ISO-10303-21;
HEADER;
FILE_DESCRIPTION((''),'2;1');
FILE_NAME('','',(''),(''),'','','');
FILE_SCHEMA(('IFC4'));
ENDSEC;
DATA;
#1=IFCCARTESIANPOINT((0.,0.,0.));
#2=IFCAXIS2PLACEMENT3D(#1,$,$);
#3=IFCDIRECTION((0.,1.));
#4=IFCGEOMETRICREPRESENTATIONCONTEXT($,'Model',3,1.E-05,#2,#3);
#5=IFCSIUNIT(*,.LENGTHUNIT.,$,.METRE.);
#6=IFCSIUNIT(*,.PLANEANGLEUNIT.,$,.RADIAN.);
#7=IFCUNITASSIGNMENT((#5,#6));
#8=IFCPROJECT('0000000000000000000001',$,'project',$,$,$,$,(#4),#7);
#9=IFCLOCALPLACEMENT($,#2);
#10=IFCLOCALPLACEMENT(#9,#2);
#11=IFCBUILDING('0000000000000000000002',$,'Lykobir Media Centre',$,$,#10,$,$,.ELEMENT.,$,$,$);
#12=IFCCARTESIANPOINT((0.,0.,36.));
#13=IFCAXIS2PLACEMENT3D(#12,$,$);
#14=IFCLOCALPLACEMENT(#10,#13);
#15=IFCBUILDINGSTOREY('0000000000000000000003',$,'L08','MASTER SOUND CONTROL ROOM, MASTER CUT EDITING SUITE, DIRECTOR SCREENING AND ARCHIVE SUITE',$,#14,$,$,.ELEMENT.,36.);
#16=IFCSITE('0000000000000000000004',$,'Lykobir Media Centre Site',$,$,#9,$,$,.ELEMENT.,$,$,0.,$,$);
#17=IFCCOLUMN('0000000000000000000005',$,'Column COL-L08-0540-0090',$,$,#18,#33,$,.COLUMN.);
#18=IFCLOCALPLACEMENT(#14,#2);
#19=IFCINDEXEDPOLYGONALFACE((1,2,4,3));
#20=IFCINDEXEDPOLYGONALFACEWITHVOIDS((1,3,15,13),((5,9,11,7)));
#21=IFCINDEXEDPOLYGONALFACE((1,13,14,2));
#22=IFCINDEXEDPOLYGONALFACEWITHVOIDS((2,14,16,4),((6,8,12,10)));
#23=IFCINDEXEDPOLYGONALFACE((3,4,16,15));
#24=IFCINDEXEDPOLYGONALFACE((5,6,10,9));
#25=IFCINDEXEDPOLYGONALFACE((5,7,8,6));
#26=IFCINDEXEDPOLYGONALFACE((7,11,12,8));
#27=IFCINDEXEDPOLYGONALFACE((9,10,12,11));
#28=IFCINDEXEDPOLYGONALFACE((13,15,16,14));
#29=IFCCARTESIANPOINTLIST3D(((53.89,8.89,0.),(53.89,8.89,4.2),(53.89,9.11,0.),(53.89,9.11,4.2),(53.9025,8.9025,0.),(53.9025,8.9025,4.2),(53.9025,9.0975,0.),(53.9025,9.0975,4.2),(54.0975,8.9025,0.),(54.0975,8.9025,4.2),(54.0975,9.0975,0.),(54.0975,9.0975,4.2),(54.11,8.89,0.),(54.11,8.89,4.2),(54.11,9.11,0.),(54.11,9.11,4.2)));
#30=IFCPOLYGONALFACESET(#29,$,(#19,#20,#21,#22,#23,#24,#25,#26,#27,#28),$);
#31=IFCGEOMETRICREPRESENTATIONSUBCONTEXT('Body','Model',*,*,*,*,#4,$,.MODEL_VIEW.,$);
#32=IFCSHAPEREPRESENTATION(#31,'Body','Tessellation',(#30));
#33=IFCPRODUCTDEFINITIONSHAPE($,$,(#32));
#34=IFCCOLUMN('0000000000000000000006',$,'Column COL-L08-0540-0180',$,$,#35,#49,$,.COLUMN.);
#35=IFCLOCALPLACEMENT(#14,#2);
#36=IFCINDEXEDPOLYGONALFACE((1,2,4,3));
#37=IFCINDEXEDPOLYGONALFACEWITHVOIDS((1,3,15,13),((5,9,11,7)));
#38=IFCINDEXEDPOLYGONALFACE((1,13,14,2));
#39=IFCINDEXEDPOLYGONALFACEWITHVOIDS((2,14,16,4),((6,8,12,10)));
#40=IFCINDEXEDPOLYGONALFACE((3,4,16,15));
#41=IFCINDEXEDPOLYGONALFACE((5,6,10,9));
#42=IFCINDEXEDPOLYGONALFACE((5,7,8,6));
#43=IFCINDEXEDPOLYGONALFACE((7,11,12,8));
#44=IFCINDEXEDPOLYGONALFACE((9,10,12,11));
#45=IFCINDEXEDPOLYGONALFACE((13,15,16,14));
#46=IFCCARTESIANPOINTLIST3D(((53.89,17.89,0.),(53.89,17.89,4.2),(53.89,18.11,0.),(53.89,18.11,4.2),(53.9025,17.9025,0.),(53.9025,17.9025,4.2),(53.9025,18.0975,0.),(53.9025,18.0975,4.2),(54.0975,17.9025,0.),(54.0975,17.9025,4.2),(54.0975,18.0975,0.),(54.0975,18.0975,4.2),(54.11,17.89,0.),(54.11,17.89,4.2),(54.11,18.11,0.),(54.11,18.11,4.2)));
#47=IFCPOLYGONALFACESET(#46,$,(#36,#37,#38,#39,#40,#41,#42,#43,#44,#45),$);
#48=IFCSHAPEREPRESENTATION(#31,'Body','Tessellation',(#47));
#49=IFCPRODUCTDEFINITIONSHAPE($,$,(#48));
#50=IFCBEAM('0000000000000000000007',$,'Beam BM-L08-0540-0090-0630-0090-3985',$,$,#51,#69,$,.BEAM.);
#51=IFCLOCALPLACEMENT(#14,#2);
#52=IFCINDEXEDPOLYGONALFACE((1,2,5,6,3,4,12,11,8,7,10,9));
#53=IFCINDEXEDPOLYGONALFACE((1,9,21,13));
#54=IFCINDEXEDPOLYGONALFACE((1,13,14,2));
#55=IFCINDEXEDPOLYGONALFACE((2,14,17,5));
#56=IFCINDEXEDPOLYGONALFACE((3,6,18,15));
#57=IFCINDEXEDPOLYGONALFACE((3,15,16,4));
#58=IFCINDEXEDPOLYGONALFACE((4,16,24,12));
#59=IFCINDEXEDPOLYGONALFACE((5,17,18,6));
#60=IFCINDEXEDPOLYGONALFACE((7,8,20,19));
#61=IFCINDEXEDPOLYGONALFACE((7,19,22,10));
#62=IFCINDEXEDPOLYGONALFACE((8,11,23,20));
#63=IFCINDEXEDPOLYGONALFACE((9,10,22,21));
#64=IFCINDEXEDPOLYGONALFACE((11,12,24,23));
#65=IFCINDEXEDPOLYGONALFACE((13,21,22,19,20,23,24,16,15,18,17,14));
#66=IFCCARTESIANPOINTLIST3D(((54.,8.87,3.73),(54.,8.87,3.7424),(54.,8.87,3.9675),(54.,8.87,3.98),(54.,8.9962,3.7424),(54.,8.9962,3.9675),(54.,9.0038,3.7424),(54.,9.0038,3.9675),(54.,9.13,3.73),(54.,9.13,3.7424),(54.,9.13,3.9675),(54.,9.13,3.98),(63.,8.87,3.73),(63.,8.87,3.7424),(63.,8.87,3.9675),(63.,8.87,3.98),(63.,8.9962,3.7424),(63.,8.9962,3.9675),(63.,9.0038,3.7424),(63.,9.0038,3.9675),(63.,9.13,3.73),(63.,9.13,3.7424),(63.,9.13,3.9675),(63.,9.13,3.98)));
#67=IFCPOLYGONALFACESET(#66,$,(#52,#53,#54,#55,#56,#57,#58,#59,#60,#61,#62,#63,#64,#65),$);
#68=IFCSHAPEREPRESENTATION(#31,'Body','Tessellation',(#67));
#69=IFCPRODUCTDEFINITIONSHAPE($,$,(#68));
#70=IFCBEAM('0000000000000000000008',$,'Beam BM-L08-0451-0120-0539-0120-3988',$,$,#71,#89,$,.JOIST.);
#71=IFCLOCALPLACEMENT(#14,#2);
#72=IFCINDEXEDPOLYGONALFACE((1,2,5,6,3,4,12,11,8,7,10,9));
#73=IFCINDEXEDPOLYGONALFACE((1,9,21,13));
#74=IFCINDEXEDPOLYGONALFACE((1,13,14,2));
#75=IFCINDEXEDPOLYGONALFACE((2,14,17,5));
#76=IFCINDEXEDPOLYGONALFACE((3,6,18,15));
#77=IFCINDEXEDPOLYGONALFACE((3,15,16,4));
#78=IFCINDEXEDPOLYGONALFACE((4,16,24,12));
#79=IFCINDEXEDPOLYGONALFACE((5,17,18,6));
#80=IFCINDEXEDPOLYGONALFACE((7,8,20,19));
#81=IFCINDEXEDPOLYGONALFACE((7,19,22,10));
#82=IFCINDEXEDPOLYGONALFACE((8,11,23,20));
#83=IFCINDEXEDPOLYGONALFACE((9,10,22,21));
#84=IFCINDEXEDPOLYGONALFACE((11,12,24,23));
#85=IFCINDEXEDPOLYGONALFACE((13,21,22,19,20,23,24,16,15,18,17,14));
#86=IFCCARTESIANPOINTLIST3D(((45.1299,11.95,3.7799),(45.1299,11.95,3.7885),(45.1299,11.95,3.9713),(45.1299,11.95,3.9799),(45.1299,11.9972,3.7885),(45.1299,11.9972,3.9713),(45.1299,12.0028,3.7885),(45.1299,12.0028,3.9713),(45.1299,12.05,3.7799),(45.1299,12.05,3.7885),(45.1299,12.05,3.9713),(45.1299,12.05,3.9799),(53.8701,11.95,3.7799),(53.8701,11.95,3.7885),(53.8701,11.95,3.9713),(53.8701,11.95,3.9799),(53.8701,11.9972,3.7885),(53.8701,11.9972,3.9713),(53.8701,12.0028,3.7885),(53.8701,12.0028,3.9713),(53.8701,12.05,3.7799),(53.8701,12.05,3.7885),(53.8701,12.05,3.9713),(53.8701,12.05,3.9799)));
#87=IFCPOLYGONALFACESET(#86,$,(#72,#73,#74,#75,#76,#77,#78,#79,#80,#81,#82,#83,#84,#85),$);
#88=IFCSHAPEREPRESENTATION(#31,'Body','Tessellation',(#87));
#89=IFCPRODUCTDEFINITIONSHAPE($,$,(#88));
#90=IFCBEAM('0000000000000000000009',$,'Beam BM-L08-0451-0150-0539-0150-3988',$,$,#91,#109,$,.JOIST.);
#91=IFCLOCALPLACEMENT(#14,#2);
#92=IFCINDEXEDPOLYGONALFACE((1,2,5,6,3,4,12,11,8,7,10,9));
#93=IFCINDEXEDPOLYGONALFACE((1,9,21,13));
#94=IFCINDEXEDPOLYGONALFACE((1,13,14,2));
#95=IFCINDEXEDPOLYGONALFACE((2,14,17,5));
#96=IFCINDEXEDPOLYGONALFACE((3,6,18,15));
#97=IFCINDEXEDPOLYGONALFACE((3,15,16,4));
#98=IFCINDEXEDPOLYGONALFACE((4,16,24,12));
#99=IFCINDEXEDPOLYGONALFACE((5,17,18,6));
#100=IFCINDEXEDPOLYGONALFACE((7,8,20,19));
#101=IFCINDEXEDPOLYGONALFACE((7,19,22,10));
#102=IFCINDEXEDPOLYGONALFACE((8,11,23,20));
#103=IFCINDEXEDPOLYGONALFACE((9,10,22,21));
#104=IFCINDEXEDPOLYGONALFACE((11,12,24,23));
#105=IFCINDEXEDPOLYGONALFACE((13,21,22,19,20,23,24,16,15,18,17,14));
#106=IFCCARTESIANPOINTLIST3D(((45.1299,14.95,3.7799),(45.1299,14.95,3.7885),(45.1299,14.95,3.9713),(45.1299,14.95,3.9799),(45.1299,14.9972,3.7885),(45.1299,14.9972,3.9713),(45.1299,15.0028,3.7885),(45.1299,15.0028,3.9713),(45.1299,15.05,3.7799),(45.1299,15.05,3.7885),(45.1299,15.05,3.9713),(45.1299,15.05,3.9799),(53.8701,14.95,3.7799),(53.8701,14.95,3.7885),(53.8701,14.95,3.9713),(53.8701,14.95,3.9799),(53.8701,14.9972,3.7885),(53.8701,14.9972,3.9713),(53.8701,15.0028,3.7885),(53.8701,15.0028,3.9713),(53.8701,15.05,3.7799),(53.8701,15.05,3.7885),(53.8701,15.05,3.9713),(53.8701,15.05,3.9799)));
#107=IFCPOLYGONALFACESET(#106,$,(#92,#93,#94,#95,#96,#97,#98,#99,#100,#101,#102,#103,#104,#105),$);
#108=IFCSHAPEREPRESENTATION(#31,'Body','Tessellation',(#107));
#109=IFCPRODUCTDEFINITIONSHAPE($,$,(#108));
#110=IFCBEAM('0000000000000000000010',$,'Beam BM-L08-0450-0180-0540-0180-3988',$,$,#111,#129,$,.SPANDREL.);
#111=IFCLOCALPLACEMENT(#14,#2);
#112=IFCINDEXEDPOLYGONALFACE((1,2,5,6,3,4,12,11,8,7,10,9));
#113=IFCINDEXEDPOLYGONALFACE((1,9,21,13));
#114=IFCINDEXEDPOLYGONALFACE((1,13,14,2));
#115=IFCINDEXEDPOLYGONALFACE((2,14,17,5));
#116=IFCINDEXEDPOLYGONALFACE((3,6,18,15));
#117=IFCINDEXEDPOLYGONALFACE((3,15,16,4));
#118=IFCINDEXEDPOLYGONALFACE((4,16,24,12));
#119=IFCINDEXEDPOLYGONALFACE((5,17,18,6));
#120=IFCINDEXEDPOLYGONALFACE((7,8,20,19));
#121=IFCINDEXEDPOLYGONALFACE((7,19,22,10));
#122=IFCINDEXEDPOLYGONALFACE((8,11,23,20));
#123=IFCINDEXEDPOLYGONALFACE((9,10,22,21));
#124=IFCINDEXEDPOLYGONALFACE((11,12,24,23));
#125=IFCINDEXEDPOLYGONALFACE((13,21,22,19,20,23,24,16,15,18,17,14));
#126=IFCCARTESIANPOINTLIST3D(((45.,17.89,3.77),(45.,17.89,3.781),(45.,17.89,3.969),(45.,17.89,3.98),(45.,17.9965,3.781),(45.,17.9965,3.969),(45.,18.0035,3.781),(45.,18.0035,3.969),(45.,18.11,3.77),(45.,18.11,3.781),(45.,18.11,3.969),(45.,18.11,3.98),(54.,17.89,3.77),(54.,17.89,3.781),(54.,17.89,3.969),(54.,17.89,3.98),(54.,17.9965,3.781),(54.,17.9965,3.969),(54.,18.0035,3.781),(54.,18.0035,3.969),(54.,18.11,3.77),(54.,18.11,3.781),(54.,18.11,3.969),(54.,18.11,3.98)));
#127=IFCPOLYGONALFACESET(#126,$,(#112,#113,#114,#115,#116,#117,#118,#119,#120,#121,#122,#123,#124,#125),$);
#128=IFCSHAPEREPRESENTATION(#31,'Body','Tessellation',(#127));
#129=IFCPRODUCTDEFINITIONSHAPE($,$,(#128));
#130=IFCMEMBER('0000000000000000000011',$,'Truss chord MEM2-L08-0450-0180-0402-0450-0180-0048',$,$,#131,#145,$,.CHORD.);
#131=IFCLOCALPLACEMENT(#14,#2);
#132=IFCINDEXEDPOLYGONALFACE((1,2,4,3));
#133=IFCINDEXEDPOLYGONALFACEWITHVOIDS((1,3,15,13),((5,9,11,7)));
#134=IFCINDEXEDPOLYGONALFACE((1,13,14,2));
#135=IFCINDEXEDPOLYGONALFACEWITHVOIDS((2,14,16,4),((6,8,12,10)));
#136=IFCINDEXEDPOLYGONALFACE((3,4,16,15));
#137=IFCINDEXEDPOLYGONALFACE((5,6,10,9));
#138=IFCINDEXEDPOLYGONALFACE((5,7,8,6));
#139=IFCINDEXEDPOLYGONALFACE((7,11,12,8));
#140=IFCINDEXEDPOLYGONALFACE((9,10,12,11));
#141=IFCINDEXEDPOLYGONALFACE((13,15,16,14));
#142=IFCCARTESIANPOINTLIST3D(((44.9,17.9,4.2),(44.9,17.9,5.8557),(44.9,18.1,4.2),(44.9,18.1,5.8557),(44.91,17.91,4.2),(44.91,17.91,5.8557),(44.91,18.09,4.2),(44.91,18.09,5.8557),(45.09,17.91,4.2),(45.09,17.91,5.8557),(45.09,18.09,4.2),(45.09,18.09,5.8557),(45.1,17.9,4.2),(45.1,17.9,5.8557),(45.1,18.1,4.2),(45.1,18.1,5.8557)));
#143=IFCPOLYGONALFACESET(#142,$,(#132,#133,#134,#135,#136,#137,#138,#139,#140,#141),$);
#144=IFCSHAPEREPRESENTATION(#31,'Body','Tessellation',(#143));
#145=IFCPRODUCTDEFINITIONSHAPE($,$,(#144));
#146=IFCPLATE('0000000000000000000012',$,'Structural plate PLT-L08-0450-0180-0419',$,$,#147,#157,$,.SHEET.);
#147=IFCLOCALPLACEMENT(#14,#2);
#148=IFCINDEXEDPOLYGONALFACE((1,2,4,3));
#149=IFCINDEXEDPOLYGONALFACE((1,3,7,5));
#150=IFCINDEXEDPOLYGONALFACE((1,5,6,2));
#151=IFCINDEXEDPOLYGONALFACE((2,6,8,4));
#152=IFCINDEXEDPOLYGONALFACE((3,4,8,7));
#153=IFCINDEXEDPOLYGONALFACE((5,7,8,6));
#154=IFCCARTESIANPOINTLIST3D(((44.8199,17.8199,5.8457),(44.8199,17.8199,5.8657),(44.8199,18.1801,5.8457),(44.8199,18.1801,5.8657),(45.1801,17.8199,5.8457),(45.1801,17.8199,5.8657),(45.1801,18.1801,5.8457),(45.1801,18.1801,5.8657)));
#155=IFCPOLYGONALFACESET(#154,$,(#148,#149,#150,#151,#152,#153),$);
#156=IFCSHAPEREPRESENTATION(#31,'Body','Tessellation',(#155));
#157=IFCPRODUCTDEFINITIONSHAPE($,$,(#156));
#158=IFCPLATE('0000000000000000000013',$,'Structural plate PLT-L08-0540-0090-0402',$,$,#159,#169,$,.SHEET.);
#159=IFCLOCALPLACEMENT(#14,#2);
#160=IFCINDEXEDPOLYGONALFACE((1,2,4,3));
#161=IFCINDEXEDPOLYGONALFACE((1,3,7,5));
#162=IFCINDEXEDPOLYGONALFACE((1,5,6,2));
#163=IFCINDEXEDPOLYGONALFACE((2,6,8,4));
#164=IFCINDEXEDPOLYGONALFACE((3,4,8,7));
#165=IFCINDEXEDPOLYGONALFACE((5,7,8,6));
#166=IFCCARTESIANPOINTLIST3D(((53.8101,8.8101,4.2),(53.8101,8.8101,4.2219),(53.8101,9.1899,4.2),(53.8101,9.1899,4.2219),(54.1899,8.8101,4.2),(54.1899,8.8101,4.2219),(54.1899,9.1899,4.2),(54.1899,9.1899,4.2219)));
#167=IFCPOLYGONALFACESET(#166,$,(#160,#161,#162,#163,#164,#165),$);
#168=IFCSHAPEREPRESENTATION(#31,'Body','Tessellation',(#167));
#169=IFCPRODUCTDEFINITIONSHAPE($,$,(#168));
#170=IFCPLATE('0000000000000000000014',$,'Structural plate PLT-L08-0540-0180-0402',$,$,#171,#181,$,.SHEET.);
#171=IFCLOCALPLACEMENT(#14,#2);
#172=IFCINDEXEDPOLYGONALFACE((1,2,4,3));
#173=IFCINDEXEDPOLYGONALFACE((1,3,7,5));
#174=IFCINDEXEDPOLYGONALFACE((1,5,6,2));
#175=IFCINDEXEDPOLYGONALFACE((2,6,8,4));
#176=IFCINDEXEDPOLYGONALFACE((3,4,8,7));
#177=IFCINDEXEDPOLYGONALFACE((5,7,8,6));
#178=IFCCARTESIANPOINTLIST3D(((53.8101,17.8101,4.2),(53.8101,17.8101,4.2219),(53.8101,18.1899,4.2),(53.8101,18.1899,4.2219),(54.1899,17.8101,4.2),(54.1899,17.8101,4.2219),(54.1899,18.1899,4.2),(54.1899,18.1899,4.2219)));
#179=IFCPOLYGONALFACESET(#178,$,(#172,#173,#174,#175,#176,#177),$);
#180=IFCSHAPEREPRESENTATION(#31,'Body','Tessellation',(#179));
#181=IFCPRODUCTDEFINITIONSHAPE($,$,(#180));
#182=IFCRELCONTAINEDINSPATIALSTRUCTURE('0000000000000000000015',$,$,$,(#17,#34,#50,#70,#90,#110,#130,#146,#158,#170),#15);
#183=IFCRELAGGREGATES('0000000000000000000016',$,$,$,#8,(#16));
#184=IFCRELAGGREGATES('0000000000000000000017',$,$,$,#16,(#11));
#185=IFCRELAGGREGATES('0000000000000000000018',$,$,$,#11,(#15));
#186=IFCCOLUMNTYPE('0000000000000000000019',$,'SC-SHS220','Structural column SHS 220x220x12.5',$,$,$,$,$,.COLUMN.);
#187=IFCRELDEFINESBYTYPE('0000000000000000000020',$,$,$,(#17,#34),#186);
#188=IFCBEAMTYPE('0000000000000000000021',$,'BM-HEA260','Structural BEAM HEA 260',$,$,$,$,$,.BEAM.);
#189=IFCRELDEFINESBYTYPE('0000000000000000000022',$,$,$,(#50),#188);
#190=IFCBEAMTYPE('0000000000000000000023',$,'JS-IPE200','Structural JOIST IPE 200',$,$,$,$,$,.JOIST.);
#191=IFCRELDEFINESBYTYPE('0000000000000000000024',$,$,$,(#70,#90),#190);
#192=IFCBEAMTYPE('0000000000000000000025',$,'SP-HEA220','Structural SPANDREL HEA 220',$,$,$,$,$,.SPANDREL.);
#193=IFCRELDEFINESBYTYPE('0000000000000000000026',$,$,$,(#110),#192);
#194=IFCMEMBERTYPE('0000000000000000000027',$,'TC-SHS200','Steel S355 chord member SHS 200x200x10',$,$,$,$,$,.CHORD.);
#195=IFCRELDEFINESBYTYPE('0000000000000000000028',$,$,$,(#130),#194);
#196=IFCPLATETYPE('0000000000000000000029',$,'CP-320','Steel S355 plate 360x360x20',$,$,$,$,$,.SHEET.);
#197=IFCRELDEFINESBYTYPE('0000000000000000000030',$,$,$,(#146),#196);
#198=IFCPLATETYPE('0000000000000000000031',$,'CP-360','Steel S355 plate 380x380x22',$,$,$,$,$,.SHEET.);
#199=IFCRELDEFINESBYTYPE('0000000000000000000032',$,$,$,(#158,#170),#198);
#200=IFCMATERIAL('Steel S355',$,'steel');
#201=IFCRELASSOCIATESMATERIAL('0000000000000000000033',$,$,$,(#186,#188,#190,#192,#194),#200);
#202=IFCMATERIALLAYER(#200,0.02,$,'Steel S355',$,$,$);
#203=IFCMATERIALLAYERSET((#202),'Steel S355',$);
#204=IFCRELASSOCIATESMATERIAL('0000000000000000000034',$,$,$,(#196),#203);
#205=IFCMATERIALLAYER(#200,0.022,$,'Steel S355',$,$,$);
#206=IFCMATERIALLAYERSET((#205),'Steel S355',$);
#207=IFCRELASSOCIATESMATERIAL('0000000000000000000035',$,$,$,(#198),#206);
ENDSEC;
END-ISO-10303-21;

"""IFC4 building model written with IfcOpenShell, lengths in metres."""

from ifc_helpers import new_model, si_unit, direction, frame, origin, origin_2d, place, context, subcontext, project, spatial, rectangle, hollow_rectangle, i_section, extrude, material, layer, layer_set, material_profile, profile_set, type_object, element, save


model = new_model("IFC4")

# Units and contexts
model_context = context("Model", 3, precision=1e-05, world=origin(), true_north=direction((0.0, 1.0)))
body_context = subcontext(model_context, "Body", "Model", "MODEL_VIEW")
ifc_project = project(units=[si_unit("LENGTHUNIT", "METRE"), si_unit("PLANEANGLEUNIT", "RADIAN")], contexts=[model_context])

# Site, building, storey
site_placement = place(None, origin())
site = spatial("IfcSite", under=ifc_project, at=site_placement, Name="Lykobir Media Centre Site", CompositionType="ELEMENT", RefElevation=0.0)
building_placement = place(site_placement, origin())
building = spatial("IfcBuilding", under=site, at=building_placement, Name="Lykobir Media Centre", CompositionType="ELEMENT")
storey_placement = place(building_placement, frame((0.0, 0.0, 36.0)))
storey = spatial("IfcBuildingStorey", under=building, at=storey_placement, Name="L08", Description="MASTER SOUND CONTROL ROOM, MASTER CUT EDITING SUITE, DIRECTOR SCREENING AND ARCHIVE SUITE", CompositionType="ELEMENT", Elevation=36.0)

# Columns
ifc_material_1 = material(Name="Steel S355", Category="steel")
ifc_material_profile_1 = material_profile(ifc_material_1, hollow_rectangle(XDim=0.22, YDim=0.22, WallThickness=0.0125, at=origin_2d()), Name="SHS 220x220x12.5")
ifc_profile_set_1 = profile_set([ifc_material_profile_1], Name="Steel S355")
column_type = type_object("IfcColumnType", Name="SC-SHS220", Description="Structural column SHS 220x220x12.5", PredefinedType="COLUMN", material=ifc_profile_set_1)
for number, where, z_axis, x_axis, name in (
    (1, (54.0, 9.0, 0.0), (0.0, 0.0, 1.0), (1.0, 0.0, 0.0), "Column COL-L08-0540-0090"),
    (2, (54.0, 18.0, 0.0), (0.0, 0.0, 1.0), (1.0, 0.0, 0.0), "Column COL-L08-0540-0180"),
):
    element("IfcColumn", number, at=place(storey_placement, frame(where, z_axis=z_axis, x_axis=x_axis)), inside=storey, type_object=column_type, Name=name, PredefinedType="COLUMN", context=body_context, shape_type="SweptSolid", body=[
        extrude(hollow_rectangle(XDim=0.22, YDim=0.22, WallThickness=0.0125, at=origin_2d()), origin(), (0.0, 0.0, 1.0), 4.2),
    ])

# Beams
ifc_material_profile_2 = material_profile(ifc_material_1, i_section(OverallWidth=0.26, OverallDepth=0.25, WebThickness=0.0076, FlangeThickness=0.0125, at=origin_2d()), Name="HEA 260")
ifc_profile_set_2 = profile_set([ifc_material_profile_2], Name="Steel S355")
beam_type_1 = type_object("IfcBeamType", Name="BM-HEA260", Description="Structural BEAM HEA 260", PredefinedType="BEAM", material=ifc_profile_set_2)
beam_1_placement = place(storey_placement, frame((54.0, 9.0, 3.855), z_axis=(1.0, 0.0, 0.0), x_axis=(0.0, 1.0, 0.0)))
element("IfcBeam", 3, at=beam_1_placement, inside=storey, type_object=beam_type_1, Name="Beam BM-L08-0540-0090-0630-0090-3985", PredefinedType="BEAM", context=body_context, shape_type="SweptSolid", body=[
    extrude(i_section(OverallWidth=0.26, OverallDepth=0.25, WebThickness=0.0076, FlangeThickness=0.0125, at=origin_2d()), origin(), (0.0, 0.0, 1.0), 9.0),
])
ifc_material_profile_3 = material_profile(ifc_material_1, i_section(OverallWidth=0.1001, OverallDepth=0.2, WebThickness=0.0056, FlangeThickness=0.0085, at=origin_2d()), Name="IPE 200")
ifc_profile_set_3 = profile_set([ifc_material_profile_3], Name="Steel S355")
beam_type_2 = type_object("IfcBeamType", Name="JS-IPE200", Description="Structural JOIST IPE 200", PredefinedType="JOIST", material=ifc_profile_set_3)
for number, where, z_axis, x_axis, name in (
    (4, (45.1299, 12.0, 3.8799), (1.0, 0.0, 0.0), (0.0, 1.0, 0.0), "Beam BM-L08-0451-0120-0539-0120-3988"),
    (5, (45.1299, 15.0, 3.8799), (1.0, 0.0, 0.0), (0.0, 1.0, 0.0), "Beam BM-L08-0451-0150-0539-0150-3988"),
):
    element("IfcBeam", number, at=place(storey_placement, frame(where, z_axis=z_axis, x_axis=x_axis)), inside=storey, type_object=beam_type_2, Name=name, PredefinedType="JOIST", context=body_context, shape_type="SweptSolid", body=[
        extrude(i_section(OverallWidth=0.1001, OverallDepth=0.2, WebThickness=0.0056, FlangeThickness=0.0085, at=origin_2d()), origin(), (0.0, 0.0, 1.0), 8.7402),
    ])
ifc_material_profile_4 = material_profile(ifc_material_1, i_section(OverallWidth=0.22, OverallDepth=0.21, WebThickness=0.0071, FlangeThickness=0.011, at=origin_2d()), Name="HEA 220")
ifc_profile_set_4 = profile_set([ifc_material_profile_4], Name="Steel S355")
beam_type_3 = type_object("IfcBeamType", Name="SP-HEA220", Description="Structural SPANDREL HEA 220", PredefinedType="SPANDREL", material=ifc_profile_set_4)
beam_2_placement = place(storey_placement, frame((45.0, 18.0, 3.875), z_axis=(1.0, 0.0, 0.0), x_axis=(0.0, 1.0, 0.0)))
element("IfcBeam", 6, at=beam_2_placement, inside=storey, type_object=beam_type_3, Name="Beam BM-L08-0450-0180-0540-0180-3988", PredefinedType="SPANDREL", context=body_context, shape_type="SweptSolid", body=[
    extrude(i_section(OverallWidth=0.22, OverallDepth=0.21, WebThickness=0.0071, FlangeThickness=0.011, at=origin_2d()), origin(), (0.0, 0.0, 1.0), 9.0),
])

# Member
ifc_material_profile_5 = material_profile(ifc_material_1, hollow_rectangle(XDim=0.2, YDim=0.2, WallThickness=0.01, at=origin_2d()), Name="SHS 200x200x10")
ifc_profile_set_5 = profile_set([ifc_material_profile_5], Name="Steel S355")
member_type = type_object("IfcMemberType", Name="TC-SHS200", Description="Steel S355 chord member SHS 200x200x10", PredefinedType="CHORD", material=ifc_profile_set_5)
member_placement = place(storey_placement, frame((45.0, 18.0, 4.2), z_axis=(0.0, 0.0, 1.0), x_axis=(1.0, 0.0, 0.0)))
element("IfcMember", 7, at=member_placement, inside=storey, type_object=member_type, Name="Truss chord MEM2-L08-0450-0180-0402-0450-0180-0048", PredefinedType="CHORD", context=body_context, shape_type="SweptSolid", body=[
    extrude(hollow_rectangle(XDim=0.2, YDim=0.2, WallThickness=0.01, at=origin_2d()), origin(), (0.0, 0.0, 1.0), 1.6558),
])

# Plates
ifc_layer_1 = layer(ifc_material_1, 0.02, Name="Steel S355")
ifc_layer_set_1 = layer_set([ifc_layer_1], Name="Steel S355")
plate_type_1 = type_object("IfcPlateType", Name="CP-320", Description="Steel S355 plate 360x360x20", PredefinedType="SHEET", material=ifc_layer_set_1)
plate_placement = place(storey_placement, frame((45.0, 18.0, 5.8457), z_axis=(0.0, 0.0, 1.0), x_axis=(1.0, 0.0, 0.0)))
element("IfcPlate", 8, at=plate_placement, inside=storey, type_object=plate_type_1, Name="Structural plate PLT-L08-0450-0180-0419", PredefinedType="SHEET", context=body_context, shape_type="SweptSolid", body=[
    extrude(rectangle(XDim=0.3601, YDim=0.3601, at=origin_2d()), origin(), (0.0, 0.0, 1.0), 0.02),
])
ifc_layer_2 = layer(ifc_material_1, 0.022, Name="Steel S355")
ifc_layer_set_2 = layer_set([ifc_layer_2], Name="Steel S355")
plate_type_2 = type_object("IfcPlateType", Name="CP-360", Description="Steel S355 plate 380x380x22", PredefinedType="SHEET", material=ifc_layer_set_2)
for number, where, z_axis, x_axis, name in (
    (9, (54.0, 9.0, 4.2), (0.0, 0.0, 1.0), (1.0, 0.0, 0.0), "Structural plate PLT-L08-0540-0090-0402"),
    (10, (54.0, 18.0, 4.2), (0.0, 0.0, 1.0), (1.0, 0.0, 0.0), "Structural plate PLT-L08-0540-0180-0402"),
):
    element("IfcPlate", number, at=place(storey_placement, frame(where, z_axis=z_axis, x_axis=x_axis)), inside=storey, type_object=plate_type_2, Name=name, PredefinedType="SHEET", context=body_context, shape_type="SweptSolid", body=[
        extrude(rectangle(XDim=0.3799, YDim=0.3799, at=origin_2d()), origin(), (0.0, 0.0, 1.0), 0.022),
    ])

save(model, "model.ifc")
